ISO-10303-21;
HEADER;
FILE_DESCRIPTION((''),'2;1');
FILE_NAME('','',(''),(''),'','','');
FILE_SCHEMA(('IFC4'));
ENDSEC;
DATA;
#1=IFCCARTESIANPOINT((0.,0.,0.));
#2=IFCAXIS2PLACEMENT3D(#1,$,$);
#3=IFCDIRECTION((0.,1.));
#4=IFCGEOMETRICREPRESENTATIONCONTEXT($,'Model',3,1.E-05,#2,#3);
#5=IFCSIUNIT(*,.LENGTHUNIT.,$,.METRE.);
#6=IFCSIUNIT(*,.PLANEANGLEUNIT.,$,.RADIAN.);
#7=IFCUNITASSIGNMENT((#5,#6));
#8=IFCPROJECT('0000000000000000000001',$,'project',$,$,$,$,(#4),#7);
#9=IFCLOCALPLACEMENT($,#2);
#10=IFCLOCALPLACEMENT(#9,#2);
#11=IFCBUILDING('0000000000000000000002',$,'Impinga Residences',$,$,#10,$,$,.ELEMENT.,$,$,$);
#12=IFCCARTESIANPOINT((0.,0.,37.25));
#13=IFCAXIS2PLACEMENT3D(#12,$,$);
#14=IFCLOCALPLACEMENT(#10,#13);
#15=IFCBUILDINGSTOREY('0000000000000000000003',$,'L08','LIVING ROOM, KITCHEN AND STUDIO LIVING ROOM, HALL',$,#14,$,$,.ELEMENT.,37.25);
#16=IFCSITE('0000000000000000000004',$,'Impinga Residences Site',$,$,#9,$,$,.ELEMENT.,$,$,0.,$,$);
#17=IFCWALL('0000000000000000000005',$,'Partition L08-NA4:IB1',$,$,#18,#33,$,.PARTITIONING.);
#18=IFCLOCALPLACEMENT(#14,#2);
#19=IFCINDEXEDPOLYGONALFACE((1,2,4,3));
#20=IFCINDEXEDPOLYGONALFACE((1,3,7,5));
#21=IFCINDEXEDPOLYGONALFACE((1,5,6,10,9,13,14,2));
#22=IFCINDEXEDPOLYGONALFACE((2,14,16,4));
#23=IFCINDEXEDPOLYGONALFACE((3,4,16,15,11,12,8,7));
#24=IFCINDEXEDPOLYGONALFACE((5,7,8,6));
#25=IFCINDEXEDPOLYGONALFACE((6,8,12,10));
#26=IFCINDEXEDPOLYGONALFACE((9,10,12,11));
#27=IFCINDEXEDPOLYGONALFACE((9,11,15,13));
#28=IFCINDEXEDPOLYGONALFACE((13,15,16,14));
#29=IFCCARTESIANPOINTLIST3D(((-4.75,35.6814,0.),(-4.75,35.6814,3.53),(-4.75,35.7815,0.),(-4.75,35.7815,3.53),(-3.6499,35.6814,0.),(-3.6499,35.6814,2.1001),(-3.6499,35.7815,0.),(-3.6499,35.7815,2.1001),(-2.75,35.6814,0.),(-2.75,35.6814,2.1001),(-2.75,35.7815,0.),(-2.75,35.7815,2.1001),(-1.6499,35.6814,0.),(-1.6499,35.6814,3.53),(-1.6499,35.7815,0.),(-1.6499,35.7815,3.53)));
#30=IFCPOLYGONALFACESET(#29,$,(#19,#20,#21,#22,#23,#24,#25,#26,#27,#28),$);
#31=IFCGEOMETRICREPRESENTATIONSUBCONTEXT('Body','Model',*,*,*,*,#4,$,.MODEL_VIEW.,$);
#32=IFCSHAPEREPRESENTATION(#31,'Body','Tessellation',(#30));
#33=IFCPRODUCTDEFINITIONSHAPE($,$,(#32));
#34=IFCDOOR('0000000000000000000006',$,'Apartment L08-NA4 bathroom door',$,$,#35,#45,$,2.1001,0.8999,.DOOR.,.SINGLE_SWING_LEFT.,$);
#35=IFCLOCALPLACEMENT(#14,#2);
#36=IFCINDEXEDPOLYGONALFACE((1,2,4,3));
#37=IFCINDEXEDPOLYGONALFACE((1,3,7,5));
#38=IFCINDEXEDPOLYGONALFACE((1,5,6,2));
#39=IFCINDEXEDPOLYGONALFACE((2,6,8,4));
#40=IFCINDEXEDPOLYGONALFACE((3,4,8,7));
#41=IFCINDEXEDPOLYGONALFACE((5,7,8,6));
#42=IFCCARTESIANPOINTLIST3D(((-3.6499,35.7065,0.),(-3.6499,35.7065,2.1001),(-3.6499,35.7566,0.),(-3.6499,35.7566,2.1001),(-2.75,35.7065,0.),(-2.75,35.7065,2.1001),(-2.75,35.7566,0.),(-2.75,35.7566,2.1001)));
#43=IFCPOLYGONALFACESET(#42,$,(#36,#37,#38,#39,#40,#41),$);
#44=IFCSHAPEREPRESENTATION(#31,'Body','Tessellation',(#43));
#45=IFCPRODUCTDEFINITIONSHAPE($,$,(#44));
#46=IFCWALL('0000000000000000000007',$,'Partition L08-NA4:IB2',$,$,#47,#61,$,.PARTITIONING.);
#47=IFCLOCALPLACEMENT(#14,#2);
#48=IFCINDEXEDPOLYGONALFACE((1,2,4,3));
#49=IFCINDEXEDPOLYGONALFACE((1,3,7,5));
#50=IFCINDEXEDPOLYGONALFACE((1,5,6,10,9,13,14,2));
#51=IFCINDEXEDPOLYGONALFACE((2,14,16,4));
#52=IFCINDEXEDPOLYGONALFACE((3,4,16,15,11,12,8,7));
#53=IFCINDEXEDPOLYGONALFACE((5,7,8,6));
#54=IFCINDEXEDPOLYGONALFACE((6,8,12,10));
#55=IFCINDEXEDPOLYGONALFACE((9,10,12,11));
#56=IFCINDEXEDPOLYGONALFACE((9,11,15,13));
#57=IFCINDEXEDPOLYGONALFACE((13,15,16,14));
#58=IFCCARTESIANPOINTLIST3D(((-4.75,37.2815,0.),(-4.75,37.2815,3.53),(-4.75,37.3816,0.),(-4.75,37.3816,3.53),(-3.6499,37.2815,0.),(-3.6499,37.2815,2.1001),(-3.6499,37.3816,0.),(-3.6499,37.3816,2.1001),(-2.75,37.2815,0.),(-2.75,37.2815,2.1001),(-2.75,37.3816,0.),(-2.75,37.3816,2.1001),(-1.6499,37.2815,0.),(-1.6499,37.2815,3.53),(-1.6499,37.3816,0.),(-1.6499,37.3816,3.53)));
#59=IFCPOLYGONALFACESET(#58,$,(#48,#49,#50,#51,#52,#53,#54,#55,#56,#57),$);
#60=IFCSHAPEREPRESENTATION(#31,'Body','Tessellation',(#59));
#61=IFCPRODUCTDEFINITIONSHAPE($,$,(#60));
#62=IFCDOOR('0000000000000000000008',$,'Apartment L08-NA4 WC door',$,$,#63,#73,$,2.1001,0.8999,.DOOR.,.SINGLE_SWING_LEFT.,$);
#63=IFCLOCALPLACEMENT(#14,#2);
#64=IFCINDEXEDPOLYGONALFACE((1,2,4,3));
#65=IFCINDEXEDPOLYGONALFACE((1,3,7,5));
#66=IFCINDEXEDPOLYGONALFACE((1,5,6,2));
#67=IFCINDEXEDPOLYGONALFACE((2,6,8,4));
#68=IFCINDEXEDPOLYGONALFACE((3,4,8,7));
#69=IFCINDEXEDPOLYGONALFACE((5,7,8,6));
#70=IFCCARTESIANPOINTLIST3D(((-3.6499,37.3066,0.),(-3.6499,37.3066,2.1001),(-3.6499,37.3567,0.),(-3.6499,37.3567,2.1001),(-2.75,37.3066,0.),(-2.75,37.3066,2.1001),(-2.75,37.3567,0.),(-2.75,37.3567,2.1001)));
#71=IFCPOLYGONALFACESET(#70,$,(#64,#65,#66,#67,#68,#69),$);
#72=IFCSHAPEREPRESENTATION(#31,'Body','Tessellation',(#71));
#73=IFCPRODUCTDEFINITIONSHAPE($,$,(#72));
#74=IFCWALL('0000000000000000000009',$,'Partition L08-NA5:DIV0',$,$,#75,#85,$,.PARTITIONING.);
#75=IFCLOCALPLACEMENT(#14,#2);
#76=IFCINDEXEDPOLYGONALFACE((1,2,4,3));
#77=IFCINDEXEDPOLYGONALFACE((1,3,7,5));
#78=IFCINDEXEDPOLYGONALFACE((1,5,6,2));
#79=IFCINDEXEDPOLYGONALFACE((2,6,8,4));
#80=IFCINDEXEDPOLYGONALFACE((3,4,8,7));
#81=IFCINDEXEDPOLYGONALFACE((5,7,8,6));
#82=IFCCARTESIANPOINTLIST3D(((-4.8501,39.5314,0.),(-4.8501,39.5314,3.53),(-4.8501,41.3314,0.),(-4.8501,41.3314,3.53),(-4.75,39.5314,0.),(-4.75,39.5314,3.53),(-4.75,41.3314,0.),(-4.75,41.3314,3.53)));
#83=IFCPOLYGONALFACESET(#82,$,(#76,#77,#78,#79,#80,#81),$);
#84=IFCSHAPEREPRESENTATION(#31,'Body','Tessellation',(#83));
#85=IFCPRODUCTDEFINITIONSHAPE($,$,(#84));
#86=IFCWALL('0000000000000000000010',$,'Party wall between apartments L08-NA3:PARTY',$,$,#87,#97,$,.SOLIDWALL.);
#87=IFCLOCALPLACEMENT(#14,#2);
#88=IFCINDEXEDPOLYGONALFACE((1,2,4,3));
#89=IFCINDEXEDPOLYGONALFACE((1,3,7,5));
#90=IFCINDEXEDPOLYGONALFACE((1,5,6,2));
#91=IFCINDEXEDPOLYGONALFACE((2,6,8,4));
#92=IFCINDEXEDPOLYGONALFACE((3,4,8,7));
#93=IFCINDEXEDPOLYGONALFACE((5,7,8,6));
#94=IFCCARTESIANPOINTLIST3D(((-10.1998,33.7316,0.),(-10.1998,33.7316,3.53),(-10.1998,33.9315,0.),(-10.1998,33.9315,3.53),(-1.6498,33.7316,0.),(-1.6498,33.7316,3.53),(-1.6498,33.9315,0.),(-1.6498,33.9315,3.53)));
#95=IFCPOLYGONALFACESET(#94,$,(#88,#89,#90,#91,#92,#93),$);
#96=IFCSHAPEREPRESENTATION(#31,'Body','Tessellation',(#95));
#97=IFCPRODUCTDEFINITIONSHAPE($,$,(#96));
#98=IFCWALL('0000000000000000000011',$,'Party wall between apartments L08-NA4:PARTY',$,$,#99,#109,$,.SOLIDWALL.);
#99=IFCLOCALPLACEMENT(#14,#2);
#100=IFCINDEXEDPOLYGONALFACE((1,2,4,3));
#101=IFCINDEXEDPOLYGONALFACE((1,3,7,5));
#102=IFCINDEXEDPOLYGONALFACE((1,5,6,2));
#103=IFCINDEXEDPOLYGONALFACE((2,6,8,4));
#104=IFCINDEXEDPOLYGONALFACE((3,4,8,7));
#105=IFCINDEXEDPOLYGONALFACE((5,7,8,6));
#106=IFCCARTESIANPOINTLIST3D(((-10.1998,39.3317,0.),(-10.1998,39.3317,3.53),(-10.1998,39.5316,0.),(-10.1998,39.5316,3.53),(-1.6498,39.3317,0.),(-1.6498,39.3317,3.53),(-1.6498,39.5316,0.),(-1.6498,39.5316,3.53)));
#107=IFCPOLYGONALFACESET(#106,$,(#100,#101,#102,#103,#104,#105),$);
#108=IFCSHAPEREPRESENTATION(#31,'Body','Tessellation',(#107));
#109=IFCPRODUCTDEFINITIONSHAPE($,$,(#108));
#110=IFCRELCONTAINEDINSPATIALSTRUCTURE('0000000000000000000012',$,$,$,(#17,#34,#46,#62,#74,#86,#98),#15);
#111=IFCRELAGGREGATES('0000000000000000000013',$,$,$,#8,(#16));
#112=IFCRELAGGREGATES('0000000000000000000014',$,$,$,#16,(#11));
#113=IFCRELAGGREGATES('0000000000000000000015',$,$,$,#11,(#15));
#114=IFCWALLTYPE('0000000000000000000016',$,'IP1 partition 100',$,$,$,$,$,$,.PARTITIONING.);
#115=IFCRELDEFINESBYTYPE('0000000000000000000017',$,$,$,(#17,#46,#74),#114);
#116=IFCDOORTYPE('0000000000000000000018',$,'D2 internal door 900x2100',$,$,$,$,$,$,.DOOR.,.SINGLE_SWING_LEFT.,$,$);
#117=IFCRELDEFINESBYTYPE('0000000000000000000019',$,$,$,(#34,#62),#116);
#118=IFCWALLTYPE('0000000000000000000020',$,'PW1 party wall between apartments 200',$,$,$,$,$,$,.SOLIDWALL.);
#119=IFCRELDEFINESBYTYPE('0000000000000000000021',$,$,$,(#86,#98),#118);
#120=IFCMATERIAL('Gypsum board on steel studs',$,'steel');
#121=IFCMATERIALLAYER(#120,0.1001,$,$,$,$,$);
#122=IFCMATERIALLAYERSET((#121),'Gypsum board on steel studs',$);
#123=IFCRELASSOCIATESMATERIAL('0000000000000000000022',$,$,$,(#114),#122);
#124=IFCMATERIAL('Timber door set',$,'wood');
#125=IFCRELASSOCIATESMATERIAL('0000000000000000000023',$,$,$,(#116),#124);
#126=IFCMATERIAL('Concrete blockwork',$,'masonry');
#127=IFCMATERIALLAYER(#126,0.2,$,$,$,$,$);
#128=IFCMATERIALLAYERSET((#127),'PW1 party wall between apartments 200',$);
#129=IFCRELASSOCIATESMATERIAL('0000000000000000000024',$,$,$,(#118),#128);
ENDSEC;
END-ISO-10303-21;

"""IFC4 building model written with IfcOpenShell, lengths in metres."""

from ifc_helpers import new_model, si_unit, direction, frame, frame_2d, origin, place, context, subcontext, project, spatial, rectangle, extrude, material, layer, layer_set, type_object, element, fill, save


model = new_model("IFC4")

# Units and contexts
model_context = context("Model", 3, precision=1e-05, world=origin(), true_north=direction((0.0, 1.0)))
body_context = subcontext(model_context, "Body", "Model", "MODEL_VIEW")
ifc_project = project(units=[si_unit("LENGTHUNIT", "METRE"), si_unit("PLANEANGLEUNIT", "RADIAN")], contexts=[model_context])

# Site, building, storey
site_placement = place(None, origin())
site = spatial("IfcSite", under=ifc_project, at=site_placement, Name="Impinga Residences Site", CompositionType="ELEMENT", RefElevation=0.0)
building_placement = place(site_placement, origin())
building = spatial("IfcBuilding", under=site, at=building_placement, Name="Impinga Residences", CompositionType="ELEMENT")
storey_placement = place(building_placement, frame((0.0, 0.0, 37.25)))
storey = spatial("IfcBuildingStorey", under=building, at=storey_placement, Name="L08", Description="LIVING ROOM, KITCHEN AND STUDIO LIVING ROOM, HALL", CompositionType="ELEMENT", Elevation=37.25)

# Shared definitions
ifc_material_1 = material(Name="Gypsum board on steel studs", Category="steel")
ifc_layer_1 = layer(ifc_material_1, 0.1001)
ifc_layer_set_1 = layer_set([ifc_layer_1], Name="Gypsum board on steel studs")
wall_type_1 = type_object("IfcWallType", Name="IP1 partition 100", PredefinedType="PARTITIONING", material=ifc_layer_set_1)

# Shared definitions
ifc_material_2 = material(Name="Timber door set", Category="wood")
door_type = type_object("IfcDoorType", Name="D2 internal door 900x2100", OperationType="SINGLE_SWING_LEFT", PredefinedType="DOOR", material=ifc_material_2)

# Walls, openings, doors
wall_1_placement = place(storey_placement, frame((-1.6499, 35.7314, 0.0), z_axis=(0.0, 0.0, 1.0), x_axis=(-1.0, 0.0, 0.0)))
wall_1 = element("IfcWall", 1, at=wall_1_placement, inside=storey, type_object=wall_type_1, Name="Partition L08-NA4:IB1", PredefinedType="PARTITIONING", context=body_context, shape_type="SweptSolid", body=[
    extrude(rectangle(XDim=3.1001, YDim=0.1001, at=frame_2d((1.55, 0.0))), origin(), (0.0, 0.0, 1.0), 3.53),
])
opening_1_placement = place(wall_1_placement, frame((1.1001, 0.0, 0.0)))
opening_1 = element("IfcOpeningElement", 2, at=opening_1_placement, cuts=wall_1, PredefinedType="OPENING", context=body_context, shape_type="SweptSolid", body=[
    extrude(rectangle(XDim=0.8999, YDim=2.1001, at=frame_2d((0.45, 1.05))), frame((0.0, 0.0601, 0.0), z_axis=(0.0, -1.0, 0.0), x_axis=(1.0, 0.0, 0.0)), (0.0, 0.0, 1.0), 0.1201),
])
door_1_placement = place(opening_1_placement, origin())
door_1 = element("IfcDoor", 3, at=door_1_placement, inside=storey, type_object=door_type, Name="Apartment L08-NA4 bathroom door", OperationType="SINGLE_SWING_LEFT", OverallHeight=2.1001, OverallWidth=0.8999, PredefinedType="DOOR", context=body_context, shape_type="SweptSolid", body=[
    extrude(rectangle(XDim=0.8999, YDim=2.1001, at=frame_2d((0.45, 1.05))), frame((0.0, 0.0249, 0.0), z_axis=(0.0, -1.0, 0.0), x_axis=(1.0, 0.0, 0.0)), (0.0, 0.0, 1.0), 0.05),
])
fill(opening_1, door_1)
wall_2_placement = place(storey_placement, frame((-1.6499, 37.3315, 0.0), z_axis=(0.0, 0.0, 1.0), x_axis=(-1.0, 0.0, 0.0)))
wall_2 = element("IfcWall", 4, at=wall_2_placement, inside=storey, type_object=wall_type_1, Name="Partition L08-NA4:IB2", PredefinedType="PARTITIONING", context=body_context, shape_type="SweptSolid", body=[
    extrude(rectangle(XDim=3.1001, YDim=0.1001, at=frame_2d((1.55, 0.0))), origin(), (0.0, 0.0, 1.0), 3.53),
])
opening_2_placement = place(wall_2_placement, frame((1.1001, 0.0, 0.0)))
opening_2 = element("IfcOpeningElement", 5, at=opening_2_placement, cuts=wall_2, PredefinedType="OPENING", context=body_context, shape_type="SweptSolid", body=[
    extrude(rectangle(XDim=0.8999, YDim=2.1001, at=frame_2d((0.45, 1.05))), frame((0.0, 0.0601, 0.0), z_axis=(0.0, -1.0, 0.0), x_axis=(1.0, 0.0, 0.0)), (0.0, 0.0, 1.0), 0.1201),
])
door_2_placement = place(opening_2_placement, origin())
door_2 = element("IfcDoor", 6, at=door_2_placement, inside=storey, type_object=door_type, Name="Apartment L08-NA4 WC door", OperationType="SINGLE_SWING_LEFT", OverallHeight=2.1001, OverallWidth=0.8999, PredefinedType="DOOR", context=body_context, shape_type="SweptSolid", body=[
    extrude(rectangle(XDim=0.8999, YDim=2.1001, at=frame_2d((0.45, 1.05))), frame((0.0, 0.0249, 0.0), z_axis=(0.0, -1.0, 0.0), x_axis=(1.0, 0.0, 0.0)), (0.0, 0.0, 1.0), 0.05),
])
fill(opening_2, door_2)

# Walls
wall_3_placement = place(storey_placement, frame((-4.8, 39.5315, 0.0), z_axis=(0.0, 0.0, 1.0), x_axis=(0.0, 1.0, 0.0)))
element("IfcWall", 7, at=wall_3_placement, inside=storey, type_object=wall_type_1, Name="Partition L08-NA5:DIV0", PredefinedType="PARTITIONING", context=body_context, shape_type="SweptSolid", body=[
    extrude(rectangle(XDim=1.8, YDim=0.1001, at=frame_2d((0.8999, 0.0))), origin(), (0.0, 0.0, 1.0), 3.53),
])
ifc_material_3 = material(Name="Concrete blockwork", Category="masonry")
ifc_layer_2 = layer(ifc_material_3, 0.2)
ifc_layer_set_2 = layer_set([ifc_layer_2], Name="PW1 party wall between apartments 200")
wall_type_2 = type_object("IfcWallType", Name="PW1 party wall between apartments 200", PredefinedType="SOLIDWALL", material=ifc_layer_set_2)
for number, where, z_axis, x_axis, name in (
    (8, (-1.6499, 33.8315, 0.0), (0.0, 0.0, 1.0), (-1.0, 0.0, 0.0), "Party wall between apartments L08-NA3:PARTY"),
    (9, (-1.6499, 39.4316, 0.0), (0.0, 0.0, 1.0), (-1.0, 0.0, 0.0), "Party wall between apartments L08-NA4:PARTY"),
):
    element("IfcWall", number, at=place(storey_placement, frame(where, z_axis=z_axis, x_axis=x_axis)), inside=storey, type_object=wall_type_2, Name=name, PredefinedType="SOLIDWALL", context=body_context, shape_type="SweptSolid", body=[
        extrude(rectangle(XDim=8.55, YDim=0.2, at=frame_2d((4.2749, 0.0))), origin(), (0.0, 0.0, 1.0), 3.53),
    ])

save(model, "model.ifc")
